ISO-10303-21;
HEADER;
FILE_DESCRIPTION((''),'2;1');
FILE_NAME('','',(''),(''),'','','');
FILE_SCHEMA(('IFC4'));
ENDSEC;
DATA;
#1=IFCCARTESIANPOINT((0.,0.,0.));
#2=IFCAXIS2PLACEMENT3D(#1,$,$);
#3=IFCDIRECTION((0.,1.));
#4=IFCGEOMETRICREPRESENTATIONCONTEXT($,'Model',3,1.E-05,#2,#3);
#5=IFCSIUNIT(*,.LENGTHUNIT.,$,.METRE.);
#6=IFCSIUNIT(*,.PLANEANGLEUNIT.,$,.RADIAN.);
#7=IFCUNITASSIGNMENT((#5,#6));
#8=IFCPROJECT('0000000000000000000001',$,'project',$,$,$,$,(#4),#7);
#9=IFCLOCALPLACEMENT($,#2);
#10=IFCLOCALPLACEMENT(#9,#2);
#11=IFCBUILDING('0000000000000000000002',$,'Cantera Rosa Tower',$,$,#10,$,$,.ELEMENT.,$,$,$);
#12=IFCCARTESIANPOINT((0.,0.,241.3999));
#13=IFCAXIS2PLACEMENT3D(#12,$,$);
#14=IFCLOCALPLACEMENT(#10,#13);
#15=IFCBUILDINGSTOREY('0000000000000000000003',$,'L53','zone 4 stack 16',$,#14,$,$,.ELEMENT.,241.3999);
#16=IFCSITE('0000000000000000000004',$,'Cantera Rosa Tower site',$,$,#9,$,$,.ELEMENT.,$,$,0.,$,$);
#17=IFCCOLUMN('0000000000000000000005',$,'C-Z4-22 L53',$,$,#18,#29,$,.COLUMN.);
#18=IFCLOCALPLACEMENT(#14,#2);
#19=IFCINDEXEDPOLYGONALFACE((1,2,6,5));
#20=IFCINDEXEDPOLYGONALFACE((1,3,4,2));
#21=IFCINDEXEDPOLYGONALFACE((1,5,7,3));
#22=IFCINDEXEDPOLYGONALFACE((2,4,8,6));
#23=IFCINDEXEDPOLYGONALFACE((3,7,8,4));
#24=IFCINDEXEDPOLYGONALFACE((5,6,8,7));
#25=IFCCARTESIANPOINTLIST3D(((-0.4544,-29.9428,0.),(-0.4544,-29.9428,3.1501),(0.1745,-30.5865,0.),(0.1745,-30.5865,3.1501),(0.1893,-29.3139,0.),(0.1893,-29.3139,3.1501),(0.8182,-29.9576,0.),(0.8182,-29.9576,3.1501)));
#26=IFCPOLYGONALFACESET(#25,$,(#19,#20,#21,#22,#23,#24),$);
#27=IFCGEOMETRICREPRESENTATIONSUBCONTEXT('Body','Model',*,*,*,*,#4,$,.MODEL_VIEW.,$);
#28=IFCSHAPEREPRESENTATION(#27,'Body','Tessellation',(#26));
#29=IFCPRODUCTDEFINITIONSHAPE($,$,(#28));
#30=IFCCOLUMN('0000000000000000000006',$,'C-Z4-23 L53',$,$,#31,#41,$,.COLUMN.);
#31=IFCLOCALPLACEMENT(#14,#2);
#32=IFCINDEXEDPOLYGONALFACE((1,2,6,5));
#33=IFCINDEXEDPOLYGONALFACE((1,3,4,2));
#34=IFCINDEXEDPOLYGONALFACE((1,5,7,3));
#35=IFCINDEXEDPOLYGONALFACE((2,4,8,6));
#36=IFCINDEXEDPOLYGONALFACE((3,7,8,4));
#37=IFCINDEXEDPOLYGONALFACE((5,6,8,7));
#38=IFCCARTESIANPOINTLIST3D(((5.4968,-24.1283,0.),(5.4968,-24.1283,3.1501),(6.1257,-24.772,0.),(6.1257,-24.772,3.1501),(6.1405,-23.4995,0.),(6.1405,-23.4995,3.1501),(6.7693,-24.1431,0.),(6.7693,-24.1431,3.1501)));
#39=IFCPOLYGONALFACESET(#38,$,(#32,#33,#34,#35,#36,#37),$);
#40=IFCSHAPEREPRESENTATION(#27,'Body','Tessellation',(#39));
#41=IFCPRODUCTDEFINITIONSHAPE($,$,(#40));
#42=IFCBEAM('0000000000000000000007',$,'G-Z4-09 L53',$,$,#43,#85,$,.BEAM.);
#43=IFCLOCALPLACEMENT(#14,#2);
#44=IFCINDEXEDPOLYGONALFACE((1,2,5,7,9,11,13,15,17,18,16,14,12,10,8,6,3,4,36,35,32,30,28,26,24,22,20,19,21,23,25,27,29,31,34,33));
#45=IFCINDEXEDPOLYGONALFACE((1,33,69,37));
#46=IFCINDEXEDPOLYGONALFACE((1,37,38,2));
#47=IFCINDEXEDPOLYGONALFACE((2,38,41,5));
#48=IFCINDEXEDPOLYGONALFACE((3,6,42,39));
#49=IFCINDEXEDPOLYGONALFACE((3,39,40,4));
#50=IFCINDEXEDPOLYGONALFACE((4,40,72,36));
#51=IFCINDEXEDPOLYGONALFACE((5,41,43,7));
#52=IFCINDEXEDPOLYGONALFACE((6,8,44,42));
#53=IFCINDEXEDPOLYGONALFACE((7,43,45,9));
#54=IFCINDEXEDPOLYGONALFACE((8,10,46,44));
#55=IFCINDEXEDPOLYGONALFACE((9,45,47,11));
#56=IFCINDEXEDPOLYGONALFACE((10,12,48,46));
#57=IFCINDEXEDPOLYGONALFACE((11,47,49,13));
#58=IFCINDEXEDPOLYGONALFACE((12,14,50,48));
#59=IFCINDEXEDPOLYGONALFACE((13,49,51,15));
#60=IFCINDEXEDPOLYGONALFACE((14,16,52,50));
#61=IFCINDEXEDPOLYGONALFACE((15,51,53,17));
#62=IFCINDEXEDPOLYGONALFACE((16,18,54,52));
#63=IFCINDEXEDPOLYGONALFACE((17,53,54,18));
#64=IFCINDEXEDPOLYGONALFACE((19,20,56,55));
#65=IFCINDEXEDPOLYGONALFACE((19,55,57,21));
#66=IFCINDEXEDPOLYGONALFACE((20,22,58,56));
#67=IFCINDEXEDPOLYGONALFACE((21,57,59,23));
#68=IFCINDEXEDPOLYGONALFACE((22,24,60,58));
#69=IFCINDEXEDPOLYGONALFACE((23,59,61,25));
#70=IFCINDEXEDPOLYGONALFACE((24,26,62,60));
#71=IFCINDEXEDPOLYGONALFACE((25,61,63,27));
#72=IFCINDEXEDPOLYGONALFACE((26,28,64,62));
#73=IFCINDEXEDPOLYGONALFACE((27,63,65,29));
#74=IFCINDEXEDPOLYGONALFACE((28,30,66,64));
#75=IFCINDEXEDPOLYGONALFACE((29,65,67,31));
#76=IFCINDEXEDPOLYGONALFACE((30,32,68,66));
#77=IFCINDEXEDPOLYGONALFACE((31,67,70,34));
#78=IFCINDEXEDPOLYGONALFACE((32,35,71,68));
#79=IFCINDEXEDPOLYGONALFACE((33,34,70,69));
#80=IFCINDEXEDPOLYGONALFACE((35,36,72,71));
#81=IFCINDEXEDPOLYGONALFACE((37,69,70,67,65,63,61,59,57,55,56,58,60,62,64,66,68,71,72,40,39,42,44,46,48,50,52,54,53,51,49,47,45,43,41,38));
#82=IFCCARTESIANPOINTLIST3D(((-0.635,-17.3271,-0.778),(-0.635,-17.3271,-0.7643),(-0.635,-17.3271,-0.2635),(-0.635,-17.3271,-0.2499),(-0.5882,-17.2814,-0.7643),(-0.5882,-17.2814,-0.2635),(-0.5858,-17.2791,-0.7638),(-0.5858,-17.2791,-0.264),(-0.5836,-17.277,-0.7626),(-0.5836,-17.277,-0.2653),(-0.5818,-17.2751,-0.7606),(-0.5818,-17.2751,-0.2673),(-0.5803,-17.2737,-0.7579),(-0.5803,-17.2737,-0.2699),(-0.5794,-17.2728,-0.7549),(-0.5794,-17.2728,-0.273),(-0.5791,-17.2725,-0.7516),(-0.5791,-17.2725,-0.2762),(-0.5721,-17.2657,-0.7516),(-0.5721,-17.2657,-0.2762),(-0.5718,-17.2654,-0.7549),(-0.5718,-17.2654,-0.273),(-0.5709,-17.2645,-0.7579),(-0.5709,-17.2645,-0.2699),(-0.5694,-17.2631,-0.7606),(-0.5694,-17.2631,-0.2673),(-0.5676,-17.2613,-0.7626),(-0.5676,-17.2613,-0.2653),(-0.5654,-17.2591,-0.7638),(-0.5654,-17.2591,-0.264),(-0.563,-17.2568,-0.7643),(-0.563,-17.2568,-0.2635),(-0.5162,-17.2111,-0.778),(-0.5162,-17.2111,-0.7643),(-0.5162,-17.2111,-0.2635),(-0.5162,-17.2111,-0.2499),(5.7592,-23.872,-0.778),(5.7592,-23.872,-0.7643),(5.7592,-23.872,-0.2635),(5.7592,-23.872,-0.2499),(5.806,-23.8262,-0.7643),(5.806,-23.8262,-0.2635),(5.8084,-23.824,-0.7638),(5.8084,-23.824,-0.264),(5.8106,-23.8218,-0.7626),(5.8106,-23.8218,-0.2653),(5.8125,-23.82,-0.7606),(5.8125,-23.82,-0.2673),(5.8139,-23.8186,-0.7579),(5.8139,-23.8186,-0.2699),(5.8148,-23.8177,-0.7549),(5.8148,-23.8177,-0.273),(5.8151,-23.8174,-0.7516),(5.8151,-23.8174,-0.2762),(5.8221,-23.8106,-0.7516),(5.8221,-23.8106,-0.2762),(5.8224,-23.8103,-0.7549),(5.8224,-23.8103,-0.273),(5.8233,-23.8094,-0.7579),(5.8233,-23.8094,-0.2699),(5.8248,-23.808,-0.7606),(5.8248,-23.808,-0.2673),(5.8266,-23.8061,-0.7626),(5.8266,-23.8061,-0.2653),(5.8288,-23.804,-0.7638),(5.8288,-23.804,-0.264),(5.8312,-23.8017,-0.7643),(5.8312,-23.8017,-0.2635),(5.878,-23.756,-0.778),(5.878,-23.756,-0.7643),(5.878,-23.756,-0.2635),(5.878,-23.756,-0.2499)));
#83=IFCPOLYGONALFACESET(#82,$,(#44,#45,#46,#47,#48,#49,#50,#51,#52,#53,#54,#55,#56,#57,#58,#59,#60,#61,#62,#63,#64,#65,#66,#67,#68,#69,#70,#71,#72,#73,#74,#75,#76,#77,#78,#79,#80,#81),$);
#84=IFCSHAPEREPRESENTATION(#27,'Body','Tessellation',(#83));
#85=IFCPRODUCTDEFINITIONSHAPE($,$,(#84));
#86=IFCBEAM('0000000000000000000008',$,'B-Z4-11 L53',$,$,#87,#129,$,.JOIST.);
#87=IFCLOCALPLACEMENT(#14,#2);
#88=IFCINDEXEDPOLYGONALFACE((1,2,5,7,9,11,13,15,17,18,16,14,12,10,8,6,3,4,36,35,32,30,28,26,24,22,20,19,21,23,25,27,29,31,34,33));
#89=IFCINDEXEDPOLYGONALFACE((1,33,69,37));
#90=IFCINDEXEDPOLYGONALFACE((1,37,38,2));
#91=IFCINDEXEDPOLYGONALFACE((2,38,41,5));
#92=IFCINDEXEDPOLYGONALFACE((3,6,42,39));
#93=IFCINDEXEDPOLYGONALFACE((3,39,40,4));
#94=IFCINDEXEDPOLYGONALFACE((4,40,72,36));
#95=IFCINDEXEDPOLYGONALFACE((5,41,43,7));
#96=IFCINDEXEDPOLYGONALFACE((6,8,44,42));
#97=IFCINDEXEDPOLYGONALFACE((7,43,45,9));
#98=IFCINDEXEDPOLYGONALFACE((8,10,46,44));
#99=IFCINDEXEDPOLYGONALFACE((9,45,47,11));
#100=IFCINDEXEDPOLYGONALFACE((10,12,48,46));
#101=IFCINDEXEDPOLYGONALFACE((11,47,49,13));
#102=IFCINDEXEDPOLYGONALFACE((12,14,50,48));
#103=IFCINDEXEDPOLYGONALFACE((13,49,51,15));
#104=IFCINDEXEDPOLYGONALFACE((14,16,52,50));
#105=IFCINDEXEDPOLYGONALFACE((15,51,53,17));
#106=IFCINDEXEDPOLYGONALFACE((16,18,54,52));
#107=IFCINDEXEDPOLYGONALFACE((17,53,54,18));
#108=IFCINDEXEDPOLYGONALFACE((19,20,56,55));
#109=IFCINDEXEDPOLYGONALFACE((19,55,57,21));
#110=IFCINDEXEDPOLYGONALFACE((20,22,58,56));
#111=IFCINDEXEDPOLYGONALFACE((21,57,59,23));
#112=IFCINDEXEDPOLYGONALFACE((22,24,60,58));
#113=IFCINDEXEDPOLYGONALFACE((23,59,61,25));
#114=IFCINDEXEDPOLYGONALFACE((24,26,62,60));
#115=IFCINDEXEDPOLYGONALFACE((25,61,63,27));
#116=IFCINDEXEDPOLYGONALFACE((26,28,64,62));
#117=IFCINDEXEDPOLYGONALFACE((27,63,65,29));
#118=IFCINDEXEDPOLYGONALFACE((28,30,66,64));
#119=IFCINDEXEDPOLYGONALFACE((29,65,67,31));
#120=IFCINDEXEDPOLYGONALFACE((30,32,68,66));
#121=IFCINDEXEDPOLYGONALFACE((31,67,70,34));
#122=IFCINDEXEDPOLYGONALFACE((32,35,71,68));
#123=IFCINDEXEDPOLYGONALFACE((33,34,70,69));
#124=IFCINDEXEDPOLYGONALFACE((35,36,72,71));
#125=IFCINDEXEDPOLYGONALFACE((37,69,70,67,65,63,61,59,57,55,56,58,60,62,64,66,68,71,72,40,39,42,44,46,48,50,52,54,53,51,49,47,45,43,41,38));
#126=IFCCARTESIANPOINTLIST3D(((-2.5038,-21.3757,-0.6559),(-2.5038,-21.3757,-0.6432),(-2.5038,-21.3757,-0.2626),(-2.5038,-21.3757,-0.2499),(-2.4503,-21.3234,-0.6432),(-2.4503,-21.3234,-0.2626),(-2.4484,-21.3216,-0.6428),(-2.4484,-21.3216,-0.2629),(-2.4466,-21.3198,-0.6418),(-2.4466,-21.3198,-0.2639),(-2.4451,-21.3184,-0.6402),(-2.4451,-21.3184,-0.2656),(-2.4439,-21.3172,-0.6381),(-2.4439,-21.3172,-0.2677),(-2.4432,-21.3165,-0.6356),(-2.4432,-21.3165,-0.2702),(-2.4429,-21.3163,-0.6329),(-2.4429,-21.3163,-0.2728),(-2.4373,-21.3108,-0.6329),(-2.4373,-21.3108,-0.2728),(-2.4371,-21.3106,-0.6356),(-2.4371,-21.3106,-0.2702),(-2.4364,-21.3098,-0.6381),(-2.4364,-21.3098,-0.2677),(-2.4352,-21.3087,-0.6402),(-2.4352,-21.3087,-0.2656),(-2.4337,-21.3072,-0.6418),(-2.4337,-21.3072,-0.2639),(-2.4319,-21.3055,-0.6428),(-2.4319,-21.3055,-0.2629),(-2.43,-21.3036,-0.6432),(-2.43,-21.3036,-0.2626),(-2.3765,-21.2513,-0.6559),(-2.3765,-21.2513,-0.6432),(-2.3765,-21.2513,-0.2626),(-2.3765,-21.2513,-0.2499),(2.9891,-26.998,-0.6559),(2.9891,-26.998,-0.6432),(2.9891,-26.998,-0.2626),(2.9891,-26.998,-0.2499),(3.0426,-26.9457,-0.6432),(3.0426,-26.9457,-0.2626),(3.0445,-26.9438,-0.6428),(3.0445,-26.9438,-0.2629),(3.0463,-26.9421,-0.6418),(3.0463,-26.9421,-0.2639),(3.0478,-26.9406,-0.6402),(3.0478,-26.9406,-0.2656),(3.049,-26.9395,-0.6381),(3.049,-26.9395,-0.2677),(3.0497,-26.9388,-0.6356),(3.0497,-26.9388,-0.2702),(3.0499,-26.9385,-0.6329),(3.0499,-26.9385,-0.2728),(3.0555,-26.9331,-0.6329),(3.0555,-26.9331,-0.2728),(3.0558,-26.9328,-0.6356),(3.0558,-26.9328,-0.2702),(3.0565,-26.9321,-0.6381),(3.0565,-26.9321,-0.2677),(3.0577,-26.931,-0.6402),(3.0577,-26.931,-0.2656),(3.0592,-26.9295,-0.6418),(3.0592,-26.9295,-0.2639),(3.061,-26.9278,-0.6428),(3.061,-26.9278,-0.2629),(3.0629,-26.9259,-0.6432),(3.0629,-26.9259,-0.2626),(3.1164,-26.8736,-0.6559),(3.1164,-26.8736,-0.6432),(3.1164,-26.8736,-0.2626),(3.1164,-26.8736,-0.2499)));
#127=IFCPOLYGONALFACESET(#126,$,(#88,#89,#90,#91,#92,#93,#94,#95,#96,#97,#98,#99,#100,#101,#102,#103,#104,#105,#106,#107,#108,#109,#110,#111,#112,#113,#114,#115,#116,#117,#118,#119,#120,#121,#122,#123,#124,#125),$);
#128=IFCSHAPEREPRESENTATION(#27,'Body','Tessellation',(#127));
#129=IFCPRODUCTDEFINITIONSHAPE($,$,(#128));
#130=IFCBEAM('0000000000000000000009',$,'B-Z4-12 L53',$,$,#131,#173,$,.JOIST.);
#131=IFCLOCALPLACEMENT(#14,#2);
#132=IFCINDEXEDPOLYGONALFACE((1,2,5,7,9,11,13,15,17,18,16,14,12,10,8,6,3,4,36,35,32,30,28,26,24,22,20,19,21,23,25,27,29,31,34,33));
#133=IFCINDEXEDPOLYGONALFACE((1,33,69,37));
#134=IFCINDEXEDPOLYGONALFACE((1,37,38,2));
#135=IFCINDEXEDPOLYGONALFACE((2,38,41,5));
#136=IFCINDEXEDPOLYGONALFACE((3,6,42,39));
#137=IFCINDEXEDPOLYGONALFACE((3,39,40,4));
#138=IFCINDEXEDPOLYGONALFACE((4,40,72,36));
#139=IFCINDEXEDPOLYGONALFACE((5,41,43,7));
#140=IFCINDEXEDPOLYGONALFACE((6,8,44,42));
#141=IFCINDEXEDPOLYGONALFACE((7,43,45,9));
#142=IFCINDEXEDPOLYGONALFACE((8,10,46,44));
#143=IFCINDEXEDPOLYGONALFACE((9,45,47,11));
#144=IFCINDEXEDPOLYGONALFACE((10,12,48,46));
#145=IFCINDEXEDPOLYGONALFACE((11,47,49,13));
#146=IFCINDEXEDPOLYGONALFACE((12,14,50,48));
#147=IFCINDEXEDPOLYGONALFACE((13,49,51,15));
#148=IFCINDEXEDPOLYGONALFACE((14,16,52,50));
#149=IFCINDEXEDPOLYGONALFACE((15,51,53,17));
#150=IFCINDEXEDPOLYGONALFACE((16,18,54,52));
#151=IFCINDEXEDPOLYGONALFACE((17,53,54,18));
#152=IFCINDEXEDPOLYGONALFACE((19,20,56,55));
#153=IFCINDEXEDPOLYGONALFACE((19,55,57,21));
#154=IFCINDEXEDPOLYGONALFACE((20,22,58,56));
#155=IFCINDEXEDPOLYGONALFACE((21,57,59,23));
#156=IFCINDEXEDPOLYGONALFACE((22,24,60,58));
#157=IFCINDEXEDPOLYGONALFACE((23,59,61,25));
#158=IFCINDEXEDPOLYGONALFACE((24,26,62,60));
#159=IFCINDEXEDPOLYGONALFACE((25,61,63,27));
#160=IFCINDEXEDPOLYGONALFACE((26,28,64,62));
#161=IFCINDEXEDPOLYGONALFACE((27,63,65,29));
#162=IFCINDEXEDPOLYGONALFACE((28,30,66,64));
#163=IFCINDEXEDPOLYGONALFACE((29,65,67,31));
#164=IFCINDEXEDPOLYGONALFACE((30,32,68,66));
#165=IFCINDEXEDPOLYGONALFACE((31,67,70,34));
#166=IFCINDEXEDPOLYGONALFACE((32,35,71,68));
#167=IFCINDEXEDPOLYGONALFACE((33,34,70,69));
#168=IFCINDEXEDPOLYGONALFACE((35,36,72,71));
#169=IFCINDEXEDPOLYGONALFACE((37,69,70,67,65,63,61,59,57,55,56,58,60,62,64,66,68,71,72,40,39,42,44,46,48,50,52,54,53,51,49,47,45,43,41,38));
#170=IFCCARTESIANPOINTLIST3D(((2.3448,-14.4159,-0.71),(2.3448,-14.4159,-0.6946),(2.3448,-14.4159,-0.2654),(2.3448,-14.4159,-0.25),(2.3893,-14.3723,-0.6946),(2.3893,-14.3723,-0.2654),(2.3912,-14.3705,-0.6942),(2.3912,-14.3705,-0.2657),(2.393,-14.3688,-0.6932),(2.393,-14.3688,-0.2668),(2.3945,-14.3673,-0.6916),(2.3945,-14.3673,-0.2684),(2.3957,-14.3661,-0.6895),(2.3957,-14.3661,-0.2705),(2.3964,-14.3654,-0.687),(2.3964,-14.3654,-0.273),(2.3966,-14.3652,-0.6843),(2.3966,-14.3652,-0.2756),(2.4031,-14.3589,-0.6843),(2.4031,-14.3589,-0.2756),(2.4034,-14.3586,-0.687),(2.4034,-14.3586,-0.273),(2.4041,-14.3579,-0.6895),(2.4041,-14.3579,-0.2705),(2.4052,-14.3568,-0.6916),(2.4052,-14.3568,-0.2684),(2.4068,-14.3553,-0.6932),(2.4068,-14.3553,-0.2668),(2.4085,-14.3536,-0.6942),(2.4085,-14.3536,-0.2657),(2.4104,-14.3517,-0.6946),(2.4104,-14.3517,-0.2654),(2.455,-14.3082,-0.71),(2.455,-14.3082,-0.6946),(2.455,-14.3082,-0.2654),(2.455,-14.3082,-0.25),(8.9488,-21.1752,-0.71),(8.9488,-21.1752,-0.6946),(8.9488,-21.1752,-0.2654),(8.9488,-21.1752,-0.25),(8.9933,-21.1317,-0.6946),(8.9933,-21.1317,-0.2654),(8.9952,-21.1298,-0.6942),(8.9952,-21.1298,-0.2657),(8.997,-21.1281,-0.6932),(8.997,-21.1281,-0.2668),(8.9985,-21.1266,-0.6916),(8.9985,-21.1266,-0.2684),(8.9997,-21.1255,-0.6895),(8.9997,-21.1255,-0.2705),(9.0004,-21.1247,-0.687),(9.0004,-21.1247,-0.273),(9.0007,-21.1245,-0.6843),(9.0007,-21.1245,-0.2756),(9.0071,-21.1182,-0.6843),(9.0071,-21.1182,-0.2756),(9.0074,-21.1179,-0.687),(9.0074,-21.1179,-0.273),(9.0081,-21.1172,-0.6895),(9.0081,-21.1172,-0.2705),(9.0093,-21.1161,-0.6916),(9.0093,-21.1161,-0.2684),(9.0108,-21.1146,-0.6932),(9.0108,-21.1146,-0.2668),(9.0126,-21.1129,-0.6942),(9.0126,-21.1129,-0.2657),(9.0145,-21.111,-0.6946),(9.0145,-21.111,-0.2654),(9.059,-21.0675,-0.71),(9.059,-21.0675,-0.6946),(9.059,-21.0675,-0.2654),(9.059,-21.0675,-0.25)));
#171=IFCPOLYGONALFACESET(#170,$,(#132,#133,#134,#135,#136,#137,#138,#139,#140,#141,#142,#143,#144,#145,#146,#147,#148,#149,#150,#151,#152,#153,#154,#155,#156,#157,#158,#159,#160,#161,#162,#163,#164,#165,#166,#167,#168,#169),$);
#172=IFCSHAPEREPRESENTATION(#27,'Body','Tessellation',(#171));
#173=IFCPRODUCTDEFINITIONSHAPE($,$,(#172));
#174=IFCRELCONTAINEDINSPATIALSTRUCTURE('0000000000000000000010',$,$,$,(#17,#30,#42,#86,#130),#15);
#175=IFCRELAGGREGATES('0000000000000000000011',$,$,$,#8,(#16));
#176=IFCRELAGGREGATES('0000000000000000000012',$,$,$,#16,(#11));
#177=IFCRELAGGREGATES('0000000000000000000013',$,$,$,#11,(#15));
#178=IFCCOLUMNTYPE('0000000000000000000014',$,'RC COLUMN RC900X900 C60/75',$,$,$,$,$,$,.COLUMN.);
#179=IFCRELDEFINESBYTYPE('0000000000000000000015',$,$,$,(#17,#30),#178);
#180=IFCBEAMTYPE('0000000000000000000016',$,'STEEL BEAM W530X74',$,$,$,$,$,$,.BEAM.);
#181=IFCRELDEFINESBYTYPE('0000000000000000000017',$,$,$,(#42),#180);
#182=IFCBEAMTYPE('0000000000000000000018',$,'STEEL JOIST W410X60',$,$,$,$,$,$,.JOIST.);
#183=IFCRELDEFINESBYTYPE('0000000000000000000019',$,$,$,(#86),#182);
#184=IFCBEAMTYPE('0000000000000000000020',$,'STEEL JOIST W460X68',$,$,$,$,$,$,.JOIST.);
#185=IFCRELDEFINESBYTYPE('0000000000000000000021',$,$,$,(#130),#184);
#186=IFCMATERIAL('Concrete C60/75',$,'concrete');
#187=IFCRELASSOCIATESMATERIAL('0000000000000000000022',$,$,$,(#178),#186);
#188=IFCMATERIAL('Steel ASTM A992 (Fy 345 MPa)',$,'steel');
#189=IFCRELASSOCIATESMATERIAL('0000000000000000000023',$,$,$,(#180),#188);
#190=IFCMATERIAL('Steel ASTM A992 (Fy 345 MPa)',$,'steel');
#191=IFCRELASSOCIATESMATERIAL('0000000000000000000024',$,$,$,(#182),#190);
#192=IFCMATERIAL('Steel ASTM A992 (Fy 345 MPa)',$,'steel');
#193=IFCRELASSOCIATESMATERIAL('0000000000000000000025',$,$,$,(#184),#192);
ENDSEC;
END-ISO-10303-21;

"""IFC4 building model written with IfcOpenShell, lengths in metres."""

from ifc_helpers import new_model, si_unit, direction, frame, origin, origin_2d, place, context, subcontext, project, spatial, rectangle, i_section, extrude, material, material_profile, profile_set, type_object, element, save


model = new_model("IFC4")

# Units and contexts
model_context = context("Model", 3, precision=1e-05, world=origin(), true_north=direction((0.0, 1.0)))
body_context = subcontext(model_context, "Body", "Model", "MODEL_VIEW")
ifc_project = project(units=[si_unit("LENGTHUNIT", "METRE"), si_unit("PLANEANGLEUNIT", "RADIAN")], contexts=[model_context])

# Site, building, storey
site_placement = place(None, origin())
site = spatial("IfcSite", under=ifc_project, at=site_placement, Name="Cantera Rosa Tower site", CompositionType="ELEMENT", RefElevation=0.0)
building_placement = place(site_placement, origin())
building = spatial("IfcBuilding", under=site, at=building_placement, Name="Cantera Rosa Tower", CompositionType="ELEMENT")
storey_placement = place(building_placement, frame((0.0, 0.0, 241.3999)))
storey = spatial("IfcBuildingStorey", under=building, at=storey_placement, Name="L53", Description="zone 4 stack 16", CompositionType="ELEMENT", Elevation=241.3999)

# Columns
ifc_material_1 = material(Name="Concrete C60/75", Category="concrete")
ifc_material_profile_1 = material_profile(ifc_material_1, rectangle(XDim=0.8999, YDim=0.8999, at=origin_2d()), Name="RC COLUMN RC900X900 C60/75")
ifc_profile_set_1 = profile_set([ifc_material_profile_1], Name="Concrete C60/75")
column_type = type_object("IfcColumnType", Name="RC COLUMN RC900X900 C60/75", PredefinedType="COLUMN", material=ifc_profile_set_1)
for number, where, z_axis, x_axis, name in (
    (1, (0.1819, -29.9502, 0.0), (0.0, 0.0, 1.0), (0.715286, 0.698832, 0.0), "C-Z4-22 L53"),
    (2, (6.1331, -24.1357, 0.0), (0.0, 0.0, 1.0), (0.715286, 0.698832, 0.0), "C-Z4-23 L53"),
):
    element("IfcColumn", number, at=place(storey_placement, frame(where, z_axis=z_axis, x_axis=x_axis)), inside=storey, type_object=column_type, Name=name, PredefinedType="COLUMN", context=body_context, shape_type="SweptSolid", body=[
        extrude(rectangle(XDim=0.8999, YDim=0.8999, at=origin_2d()), origin(), (0.0, 0.0, 1.0), 3.1501),
    ])

# Beams
ifc_material_2 = material(Name="Steel ASTM A992 (Fy 345 MPa)", Category="steel")
ifc_material_profile_2 = material_profile(ifc_material_2, i_section(OverallWidth=0.166, OverallDepth=0.5281, WebThickness=0.0098, FlangeThickness=0.0137, FilletRadius=0.0127, at=origin_2d()), Name="W530X74")
ifc_profile_set_2 = profile_set([ifc_material_profile_2], Name="Steel ASTM A992 (Fy 345 MPa)")
beam_type_1 = type_object("IfcBeamType", Name="STEEL BEAM W530X74", PredefinedType="BEAM", material=ifc_profile_set_2)
beam_1_placement = place(storey_placement, frame((5.8186, -23.814, -0.5139), z_axis=(-0.698827, 0.71529, 0.0), x_axis=(-0.71529, -0.698827, 0.0)))
element("IfcBeam", 3, at=beam_1_placement, inside=storey, type_object=beam_type_1, Name="G-Z4-09 L53", PredefinedType="BEAM", context=body_context, shape_type="SweptSolid", body=[
    extrude(i_section(OverallWidth=0.166, OverallDepth=0.5281, WebThickness=0.0098, FlangeThickness=0.0137, FilletRadius=0.0127, at=origin_2d()), origin(), (0.0, 0.0, 1.0), 9.1499),
])
ifc_material_3 = material(Name="Steel ASTM A992 (Fy 345 MPa)", Category="steel")
ifc_material_profile_3 = material_profile(ifc_material_3, i_section(OverallWidth=0.178, OverallDepth=0.406, WebThickness=0.0078, FlangeThickness=0.0127, FilletRadius=0.0103, at=origin_2d()), Name="W410X60")
ifc_profile_set_3 = profile_set([ifc_material_profile_3], Name="Steel ASTM A992 (Fy 345 MPa)")
beam_type_2 = type_object("IfcBeamType", Name="STEEL JOIST W410X60", PredefinedType="JOIST", material=ifc_profile_set_3)
beam_2_placement = place(storey_placement, frame((3.0527, -26.9358, -0.4529), z_axis=(-0.698828, 0.71529, 0.0), x_axis=(-0.71529, -0.698828, 0.0)))
element("IfcBeam", 4, at=beam_2_placement, inside=storey, type_object=beam_type_2, Name="B-Z4-11 L53", PredefinedType="JOIST", context=body_context, shape_type="SweptSolid", body=[
    extrude(i_section(OverallWidth=0.178, OverallDepth=0.406, WebThickness=0.0078, FlangeThickness=0.0127, FilletRadius=0.0103, at=origin_2d()), origin(), (0.0, 0.0, 1.0), 7.8601),
])
ifc_material_4 = material(Name="Steel ASTM A992 (Fy 345 MPa)", Category="steel")
ifc_material_profile_4 = material_profile(ifc_material_4, i_section(OverallWidth=0.1541, OverallDepth=0.46, WebThickness=0.009, FlangeThickness=0.0154, FilletRadius=0.0103, at=origin_2d()), Name="W460X68")
ifc_profile_set_4 = profile_set([ifc_material_profile_4], Name="Steel ASTM A992 (Fy 345 MPa)")
beam_type_3 = type_object("IfcBeamType", Name="STEEL JOIST W460X68", PredefinedType="JOIST", material=ifc_profile_set_4)
beam_3_placement = place(storey_placement, frame((9.0039, -21.1213, -0.48), z_axis=(-0.698843, 0.715275, 0.0), x_axis=(-0.715275, -0.698843, 0.0)))
element("IfcBeam", 5, at=beam_3_placement, inside=storey, type_object=beam_type_3, Name="B-Z4-12 L53", PredefinedType="JOIST", context=body_context, shape_type="SweptSolid", body=[
    extrude(i_section(OverallWidth=0.1541, OverallDepth=0.46, WebThickness=0.009, FlangeThickness=0.0154, FilletRadius=0.0103, at=origin_2d()), origin(), (0.0, 0.0, 1.0), 9.45),
])

save(model, "model.ifc")
